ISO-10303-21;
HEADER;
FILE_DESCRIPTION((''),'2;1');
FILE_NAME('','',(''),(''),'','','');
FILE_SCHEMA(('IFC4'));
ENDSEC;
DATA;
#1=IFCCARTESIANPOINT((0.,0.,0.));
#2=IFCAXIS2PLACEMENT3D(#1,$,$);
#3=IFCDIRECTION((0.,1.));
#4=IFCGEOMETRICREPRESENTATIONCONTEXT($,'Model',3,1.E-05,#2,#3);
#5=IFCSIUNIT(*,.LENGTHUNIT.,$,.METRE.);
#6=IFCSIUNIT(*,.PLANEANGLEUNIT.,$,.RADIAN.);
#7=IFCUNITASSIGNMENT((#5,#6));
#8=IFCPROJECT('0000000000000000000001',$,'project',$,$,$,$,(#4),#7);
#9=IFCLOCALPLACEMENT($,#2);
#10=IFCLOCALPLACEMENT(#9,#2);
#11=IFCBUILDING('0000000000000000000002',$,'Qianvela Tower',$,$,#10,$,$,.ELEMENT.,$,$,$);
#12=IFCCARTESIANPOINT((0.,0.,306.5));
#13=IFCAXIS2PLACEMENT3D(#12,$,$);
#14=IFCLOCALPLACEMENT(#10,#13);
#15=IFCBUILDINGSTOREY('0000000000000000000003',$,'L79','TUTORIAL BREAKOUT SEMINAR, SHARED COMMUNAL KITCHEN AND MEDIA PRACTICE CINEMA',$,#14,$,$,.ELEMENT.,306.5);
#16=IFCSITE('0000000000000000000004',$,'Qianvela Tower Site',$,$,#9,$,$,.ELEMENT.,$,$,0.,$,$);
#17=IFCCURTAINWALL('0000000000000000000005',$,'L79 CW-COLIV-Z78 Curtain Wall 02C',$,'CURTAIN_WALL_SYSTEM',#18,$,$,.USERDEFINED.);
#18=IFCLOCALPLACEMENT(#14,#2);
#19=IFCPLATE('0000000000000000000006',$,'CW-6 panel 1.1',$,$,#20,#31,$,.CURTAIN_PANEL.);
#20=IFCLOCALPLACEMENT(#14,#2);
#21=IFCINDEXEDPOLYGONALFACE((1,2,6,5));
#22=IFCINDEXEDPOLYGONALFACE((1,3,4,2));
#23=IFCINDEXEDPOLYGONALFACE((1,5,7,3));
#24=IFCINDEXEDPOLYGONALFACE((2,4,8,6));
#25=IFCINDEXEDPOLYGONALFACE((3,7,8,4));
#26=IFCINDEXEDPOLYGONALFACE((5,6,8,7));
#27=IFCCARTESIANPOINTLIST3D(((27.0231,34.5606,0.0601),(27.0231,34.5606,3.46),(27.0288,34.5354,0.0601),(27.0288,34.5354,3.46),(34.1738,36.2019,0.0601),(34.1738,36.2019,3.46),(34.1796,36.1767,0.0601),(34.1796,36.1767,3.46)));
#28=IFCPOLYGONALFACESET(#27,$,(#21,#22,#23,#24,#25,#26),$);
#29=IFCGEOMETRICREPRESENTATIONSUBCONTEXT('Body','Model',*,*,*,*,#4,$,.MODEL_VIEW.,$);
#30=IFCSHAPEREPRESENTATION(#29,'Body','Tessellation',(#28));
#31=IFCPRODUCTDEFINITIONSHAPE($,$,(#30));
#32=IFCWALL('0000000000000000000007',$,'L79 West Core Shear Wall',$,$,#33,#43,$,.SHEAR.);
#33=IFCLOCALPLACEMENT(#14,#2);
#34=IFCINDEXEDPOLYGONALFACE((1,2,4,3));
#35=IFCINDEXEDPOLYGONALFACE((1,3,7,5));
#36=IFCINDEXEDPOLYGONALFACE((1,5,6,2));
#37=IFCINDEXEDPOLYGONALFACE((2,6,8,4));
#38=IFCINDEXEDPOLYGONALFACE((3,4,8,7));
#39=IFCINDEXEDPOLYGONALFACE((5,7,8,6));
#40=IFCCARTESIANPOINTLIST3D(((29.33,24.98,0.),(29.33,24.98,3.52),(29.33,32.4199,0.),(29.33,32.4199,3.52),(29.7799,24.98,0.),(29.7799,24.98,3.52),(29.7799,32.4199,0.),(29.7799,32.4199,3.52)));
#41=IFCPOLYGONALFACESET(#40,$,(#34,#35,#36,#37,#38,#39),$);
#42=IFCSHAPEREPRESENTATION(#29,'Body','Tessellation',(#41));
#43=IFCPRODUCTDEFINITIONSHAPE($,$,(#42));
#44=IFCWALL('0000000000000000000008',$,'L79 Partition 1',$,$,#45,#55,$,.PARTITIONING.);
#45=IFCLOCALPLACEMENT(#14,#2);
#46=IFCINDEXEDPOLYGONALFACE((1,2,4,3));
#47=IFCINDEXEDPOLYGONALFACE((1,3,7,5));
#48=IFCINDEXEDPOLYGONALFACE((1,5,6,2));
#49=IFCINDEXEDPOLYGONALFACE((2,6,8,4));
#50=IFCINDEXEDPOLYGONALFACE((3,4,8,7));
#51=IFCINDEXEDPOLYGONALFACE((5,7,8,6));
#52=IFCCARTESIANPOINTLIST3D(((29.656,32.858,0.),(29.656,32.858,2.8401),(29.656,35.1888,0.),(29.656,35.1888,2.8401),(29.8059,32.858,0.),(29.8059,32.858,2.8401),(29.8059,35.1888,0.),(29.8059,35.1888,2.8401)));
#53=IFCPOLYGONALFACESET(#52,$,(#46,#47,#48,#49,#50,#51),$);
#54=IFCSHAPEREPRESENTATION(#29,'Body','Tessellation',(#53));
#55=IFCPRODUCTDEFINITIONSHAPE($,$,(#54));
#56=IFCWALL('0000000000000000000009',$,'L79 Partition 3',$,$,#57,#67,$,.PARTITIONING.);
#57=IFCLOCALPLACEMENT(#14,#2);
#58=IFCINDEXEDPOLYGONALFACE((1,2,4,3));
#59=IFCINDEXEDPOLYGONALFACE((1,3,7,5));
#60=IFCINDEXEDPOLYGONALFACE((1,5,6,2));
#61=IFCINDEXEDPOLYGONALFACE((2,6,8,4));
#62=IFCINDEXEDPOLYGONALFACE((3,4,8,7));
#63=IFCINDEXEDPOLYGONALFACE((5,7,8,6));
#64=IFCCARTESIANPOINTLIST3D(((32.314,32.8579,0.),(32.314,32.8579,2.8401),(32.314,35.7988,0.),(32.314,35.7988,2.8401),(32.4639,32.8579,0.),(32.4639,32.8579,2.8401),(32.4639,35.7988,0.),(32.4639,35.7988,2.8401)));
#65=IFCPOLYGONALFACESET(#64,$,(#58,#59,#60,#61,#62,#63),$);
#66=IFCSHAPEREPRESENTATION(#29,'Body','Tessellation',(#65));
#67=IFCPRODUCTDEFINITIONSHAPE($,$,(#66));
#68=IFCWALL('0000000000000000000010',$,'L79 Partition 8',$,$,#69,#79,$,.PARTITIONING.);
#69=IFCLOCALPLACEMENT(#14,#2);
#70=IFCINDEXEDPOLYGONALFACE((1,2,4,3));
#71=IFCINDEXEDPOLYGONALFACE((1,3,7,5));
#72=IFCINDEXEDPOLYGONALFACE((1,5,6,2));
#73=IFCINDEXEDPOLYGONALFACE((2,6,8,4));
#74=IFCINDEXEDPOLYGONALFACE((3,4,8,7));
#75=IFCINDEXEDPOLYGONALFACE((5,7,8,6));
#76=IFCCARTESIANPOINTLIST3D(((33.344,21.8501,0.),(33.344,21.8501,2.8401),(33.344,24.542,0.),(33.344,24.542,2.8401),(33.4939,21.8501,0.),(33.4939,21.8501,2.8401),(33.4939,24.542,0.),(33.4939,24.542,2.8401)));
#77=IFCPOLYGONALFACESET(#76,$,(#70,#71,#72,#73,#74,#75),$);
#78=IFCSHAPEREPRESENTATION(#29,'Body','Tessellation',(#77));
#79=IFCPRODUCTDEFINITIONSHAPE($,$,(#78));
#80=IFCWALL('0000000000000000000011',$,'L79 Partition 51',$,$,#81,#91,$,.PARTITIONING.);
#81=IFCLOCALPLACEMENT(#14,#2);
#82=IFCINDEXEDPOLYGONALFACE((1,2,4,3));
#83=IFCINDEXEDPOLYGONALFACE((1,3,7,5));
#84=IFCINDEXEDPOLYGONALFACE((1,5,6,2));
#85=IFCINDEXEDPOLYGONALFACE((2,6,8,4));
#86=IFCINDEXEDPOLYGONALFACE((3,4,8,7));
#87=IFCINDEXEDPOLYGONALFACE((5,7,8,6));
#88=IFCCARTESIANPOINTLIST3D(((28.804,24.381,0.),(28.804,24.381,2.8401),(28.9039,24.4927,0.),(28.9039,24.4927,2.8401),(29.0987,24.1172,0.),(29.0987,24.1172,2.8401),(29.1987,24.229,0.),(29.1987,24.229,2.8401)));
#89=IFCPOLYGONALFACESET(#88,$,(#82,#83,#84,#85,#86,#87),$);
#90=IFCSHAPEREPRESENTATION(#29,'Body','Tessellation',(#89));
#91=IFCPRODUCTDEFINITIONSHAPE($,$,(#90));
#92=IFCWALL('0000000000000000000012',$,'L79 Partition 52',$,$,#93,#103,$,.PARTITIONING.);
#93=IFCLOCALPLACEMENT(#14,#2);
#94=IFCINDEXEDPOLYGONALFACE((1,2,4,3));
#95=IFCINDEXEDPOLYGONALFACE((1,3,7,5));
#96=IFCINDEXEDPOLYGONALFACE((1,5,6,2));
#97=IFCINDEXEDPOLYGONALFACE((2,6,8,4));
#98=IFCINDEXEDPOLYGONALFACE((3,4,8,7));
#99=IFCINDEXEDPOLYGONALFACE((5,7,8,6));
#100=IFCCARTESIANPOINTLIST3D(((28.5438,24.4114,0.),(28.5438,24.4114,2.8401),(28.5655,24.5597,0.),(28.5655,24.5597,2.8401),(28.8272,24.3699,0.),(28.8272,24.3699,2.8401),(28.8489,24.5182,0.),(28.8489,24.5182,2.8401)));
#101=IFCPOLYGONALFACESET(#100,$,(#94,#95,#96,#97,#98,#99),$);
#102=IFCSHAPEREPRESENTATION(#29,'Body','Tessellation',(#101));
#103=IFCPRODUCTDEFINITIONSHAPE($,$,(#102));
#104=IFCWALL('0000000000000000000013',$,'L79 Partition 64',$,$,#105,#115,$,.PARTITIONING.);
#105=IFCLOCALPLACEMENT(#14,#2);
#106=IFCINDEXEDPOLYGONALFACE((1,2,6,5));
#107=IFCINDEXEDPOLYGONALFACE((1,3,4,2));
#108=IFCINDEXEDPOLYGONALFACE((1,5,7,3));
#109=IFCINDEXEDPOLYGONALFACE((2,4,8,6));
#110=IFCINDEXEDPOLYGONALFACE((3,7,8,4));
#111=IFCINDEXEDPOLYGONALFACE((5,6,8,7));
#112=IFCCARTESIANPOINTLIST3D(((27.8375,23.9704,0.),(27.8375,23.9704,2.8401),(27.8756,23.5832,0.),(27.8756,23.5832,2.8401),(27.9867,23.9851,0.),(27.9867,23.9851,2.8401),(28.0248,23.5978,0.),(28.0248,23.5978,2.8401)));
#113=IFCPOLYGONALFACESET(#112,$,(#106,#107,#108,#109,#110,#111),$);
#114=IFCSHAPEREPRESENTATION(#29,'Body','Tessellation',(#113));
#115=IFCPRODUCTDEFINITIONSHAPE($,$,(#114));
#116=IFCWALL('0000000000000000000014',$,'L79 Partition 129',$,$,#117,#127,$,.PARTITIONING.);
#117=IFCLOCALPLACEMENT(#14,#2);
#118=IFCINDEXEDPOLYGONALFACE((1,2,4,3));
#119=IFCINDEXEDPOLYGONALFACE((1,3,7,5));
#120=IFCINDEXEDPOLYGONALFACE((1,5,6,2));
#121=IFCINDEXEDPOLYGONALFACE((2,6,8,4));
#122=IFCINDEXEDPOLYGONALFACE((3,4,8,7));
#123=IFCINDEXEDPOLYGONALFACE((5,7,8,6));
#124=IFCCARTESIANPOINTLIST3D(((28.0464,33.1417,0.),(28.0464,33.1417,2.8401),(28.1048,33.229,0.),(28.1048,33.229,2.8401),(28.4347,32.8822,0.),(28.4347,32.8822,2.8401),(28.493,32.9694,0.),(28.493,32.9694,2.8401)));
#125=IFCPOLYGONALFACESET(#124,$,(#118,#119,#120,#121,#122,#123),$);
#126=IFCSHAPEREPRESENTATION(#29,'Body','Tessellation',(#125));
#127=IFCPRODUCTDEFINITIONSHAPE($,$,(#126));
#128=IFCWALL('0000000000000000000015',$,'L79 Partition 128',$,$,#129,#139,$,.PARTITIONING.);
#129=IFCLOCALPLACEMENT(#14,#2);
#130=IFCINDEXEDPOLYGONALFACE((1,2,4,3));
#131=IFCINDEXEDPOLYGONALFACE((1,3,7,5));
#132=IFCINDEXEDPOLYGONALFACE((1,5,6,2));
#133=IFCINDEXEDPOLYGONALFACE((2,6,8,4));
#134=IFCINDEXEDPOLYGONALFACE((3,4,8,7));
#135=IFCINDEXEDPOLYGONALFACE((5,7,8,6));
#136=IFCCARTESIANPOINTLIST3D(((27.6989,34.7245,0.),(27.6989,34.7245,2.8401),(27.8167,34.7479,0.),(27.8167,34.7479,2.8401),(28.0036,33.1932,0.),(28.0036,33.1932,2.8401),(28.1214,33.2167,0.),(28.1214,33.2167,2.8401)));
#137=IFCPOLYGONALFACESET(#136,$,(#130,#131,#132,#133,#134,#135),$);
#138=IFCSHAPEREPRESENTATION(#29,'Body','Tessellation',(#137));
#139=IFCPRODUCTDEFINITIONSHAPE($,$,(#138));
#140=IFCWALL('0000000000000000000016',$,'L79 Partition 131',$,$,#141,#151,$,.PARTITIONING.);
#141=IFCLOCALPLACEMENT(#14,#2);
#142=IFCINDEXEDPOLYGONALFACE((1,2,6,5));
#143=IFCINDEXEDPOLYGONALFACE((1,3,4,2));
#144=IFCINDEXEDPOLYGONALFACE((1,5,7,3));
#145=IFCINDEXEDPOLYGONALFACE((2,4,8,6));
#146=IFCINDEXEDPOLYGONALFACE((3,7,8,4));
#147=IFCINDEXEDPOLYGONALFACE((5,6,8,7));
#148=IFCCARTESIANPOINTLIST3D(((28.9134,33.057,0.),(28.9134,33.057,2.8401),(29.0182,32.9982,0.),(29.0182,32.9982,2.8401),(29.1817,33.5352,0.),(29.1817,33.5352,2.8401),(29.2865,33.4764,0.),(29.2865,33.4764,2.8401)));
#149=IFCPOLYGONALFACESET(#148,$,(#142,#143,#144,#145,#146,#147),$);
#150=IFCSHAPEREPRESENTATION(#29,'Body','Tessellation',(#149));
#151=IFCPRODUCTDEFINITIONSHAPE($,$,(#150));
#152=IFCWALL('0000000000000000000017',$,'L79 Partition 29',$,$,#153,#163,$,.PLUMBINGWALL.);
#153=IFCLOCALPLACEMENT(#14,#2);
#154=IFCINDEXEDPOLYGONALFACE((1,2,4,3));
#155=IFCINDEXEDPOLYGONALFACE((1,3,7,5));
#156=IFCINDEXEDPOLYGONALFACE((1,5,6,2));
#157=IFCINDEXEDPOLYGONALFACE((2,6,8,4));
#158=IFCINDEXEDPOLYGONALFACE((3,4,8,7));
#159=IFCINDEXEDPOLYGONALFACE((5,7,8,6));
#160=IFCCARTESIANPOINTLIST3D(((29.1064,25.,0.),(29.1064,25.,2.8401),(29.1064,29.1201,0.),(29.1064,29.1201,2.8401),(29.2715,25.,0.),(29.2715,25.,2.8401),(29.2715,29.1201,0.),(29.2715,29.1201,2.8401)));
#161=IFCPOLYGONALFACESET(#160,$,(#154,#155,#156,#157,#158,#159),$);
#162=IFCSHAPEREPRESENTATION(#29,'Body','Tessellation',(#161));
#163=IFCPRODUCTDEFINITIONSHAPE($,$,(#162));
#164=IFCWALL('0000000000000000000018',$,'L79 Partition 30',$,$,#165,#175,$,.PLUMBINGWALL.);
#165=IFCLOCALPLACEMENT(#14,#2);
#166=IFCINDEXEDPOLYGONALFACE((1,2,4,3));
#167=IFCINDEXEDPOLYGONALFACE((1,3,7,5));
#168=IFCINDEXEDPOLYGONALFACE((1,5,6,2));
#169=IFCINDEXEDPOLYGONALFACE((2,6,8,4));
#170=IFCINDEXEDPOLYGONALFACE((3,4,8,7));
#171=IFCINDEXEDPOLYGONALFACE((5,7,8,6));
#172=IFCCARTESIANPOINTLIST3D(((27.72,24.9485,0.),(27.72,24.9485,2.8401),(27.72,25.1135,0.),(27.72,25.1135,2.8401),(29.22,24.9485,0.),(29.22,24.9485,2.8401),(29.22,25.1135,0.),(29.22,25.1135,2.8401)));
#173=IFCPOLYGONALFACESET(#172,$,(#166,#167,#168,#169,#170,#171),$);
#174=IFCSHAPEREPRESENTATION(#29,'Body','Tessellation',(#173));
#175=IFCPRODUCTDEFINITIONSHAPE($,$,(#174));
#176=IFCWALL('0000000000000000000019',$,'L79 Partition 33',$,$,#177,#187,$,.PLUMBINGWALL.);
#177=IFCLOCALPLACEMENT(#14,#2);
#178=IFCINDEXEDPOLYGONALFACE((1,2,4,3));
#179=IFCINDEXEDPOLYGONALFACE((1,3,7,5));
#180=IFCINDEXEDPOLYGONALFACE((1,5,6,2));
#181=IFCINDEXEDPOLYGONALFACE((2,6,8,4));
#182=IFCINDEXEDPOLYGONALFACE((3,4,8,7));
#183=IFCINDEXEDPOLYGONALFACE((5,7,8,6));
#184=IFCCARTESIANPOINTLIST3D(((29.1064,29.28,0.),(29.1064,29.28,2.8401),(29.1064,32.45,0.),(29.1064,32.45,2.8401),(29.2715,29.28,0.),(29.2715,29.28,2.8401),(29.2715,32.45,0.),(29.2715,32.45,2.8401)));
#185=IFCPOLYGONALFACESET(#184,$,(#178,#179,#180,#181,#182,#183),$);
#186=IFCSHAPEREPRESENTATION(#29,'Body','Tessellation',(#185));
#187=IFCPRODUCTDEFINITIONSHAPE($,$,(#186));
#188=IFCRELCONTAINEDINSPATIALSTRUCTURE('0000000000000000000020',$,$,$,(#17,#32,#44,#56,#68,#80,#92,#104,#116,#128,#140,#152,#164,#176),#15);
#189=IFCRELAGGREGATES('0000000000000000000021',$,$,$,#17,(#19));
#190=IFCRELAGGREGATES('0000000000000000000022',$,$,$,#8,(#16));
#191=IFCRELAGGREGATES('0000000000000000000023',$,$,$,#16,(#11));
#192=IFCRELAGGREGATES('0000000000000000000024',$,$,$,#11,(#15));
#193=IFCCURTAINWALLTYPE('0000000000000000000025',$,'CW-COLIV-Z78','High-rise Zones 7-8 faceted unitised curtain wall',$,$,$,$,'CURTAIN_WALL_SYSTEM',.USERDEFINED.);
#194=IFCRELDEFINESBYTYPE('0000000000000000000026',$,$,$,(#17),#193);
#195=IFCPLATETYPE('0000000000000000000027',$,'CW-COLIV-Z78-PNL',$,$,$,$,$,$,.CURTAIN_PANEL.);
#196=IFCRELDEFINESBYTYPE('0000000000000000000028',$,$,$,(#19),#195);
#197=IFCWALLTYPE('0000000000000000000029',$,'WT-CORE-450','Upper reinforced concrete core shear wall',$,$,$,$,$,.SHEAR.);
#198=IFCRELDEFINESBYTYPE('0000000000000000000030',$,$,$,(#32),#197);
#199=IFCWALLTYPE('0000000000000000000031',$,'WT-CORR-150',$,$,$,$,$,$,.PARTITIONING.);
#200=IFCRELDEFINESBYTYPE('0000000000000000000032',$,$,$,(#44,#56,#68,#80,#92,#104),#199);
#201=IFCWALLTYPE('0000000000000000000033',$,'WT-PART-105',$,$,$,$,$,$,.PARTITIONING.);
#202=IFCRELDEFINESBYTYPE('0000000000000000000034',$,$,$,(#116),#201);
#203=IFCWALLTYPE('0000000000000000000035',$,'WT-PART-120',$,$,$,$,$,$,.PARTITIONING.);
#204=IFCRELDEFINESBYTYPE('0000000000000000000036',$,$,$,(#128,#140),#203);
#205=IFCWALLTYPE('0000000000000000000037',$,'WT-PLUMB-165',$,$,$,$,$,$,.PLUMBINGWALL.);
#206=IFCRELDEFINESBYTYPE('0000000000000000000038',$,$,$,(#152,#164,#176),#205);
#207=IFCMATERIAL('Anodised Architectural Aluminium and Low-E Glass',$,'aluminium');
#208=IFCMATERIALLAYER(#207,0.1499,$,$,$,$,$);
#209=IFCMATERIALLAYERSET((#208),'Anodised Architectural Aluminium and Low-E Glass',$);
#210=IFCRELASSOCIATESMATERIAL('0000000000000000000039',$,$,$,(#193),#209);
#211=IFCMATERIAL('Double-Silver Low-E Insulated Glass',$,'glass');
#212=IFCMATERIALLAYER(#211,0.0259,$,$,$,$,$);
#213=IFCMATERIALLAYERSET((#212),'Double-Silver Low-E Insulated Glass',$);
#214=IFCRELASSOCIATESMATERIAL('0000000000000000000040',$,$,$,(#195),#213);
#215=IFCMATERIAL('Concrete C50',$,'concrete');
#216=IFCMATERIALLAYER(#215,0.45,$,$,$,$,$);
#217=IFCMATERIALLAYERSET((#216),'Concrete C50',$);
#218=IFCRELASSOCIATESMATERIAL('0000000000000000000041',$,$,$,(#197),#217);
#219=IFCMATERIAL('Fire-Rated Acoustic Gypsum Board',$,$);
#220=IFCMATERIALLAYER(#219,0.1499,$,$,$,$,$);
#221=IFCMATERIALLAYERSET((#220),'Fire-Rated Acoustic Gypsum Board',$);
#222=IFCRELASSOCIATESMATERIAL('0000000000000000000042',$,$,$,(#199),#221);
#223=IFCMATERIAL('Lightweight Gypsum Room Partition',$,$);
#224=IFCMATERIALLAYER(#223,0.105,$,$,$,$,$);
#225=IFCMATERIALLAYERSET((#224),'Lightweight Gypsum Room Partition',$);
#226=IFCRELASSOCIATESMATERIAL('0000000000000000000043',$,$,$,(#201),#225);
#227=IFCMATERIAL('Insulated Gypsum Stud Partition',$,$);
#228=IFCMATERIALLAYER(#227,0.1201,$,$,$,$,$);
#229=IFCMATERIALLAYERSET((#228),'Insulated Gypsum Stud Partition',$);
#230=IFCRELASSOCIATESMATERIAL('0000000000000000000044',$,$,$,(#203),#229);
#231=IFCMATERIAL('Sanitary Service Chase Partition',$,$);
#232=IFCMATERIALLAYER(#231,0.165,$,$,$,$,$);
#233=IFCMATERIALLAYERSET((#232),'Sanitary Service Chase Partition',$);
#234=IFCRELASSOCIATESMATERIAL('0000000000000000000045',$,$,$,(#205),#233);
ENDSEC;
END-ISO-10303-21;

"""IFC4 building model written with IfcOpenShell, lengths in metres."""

from ifc_helpers import new_model, si_unit, direction, frame, frame_2d, origin, origin_2d, place, context, subcontext, project, spatial, rectangle, extrude, material, layer, layer_set, type_object, element, aggregate, save


model = new_model("IFC4")

# Units and contexts
model_context = context("Model", 3, precision=1e-05, world=origin(), true_north=direction((0.0, 1.0)))
body_context = subcontext(model_context, "Body", "Model", "MODEL_VIEW")
ifc_project = project(units=[si_unit("LENGTHUNIT", "METRE"), si_unit("PLANEANGLEUNIT", "RADIAN")], contexts=[model_context])

# Site, building, storey
site_placement = place(None, origin())
site = spatial("IfcSite", under=ifc_project, at=site_placement, Name="Qianvela Tower Site", CompositionType="ELEMENT", RefElevation=0.0)
building_placement = place(site_placement, origin())
building = spatial("IfcBuilding", under=site, at=building_placement, Name="Qianvela Tower", CompositionType="ELEMENT")
storey_placement = place(building_placement, frame((0.0, 0.0, 306.5)))
storey = spatial("IfcBuildingStorey", under=building, at=storey_placement, Name="L79", Description="TUTORIAL BREAKOUT SEMINAR, SHARED COMMUNAL KITCHEN AND MEDIA PRACTICE CINEMA", CompositionType="ELEMENT", Elevation=306.5)

# Curtain wall, plate
ifc_material_1 = material(Name="Anodised Architectural Aluminium and Low-E Glass", Category="aluminium")
ifc_layer_1 = layer(ifc_material_1, 0.1499)
ifc_layer_set_1 = layer_set([ifc_layer_1], Name="Anodised Architectural Aluminium and Low-E Glass")
curtain_wall_type = type_object("IfcCurtainWallType", Name="CW-COLIV-Z78", Description="High-rise Zones 7-8 faceted unitised curtain wall", ElementType="CURTAIN_WALL_SYSTEM", PredefinedType="USERDEFINED", material=ifc_layer_set_1)
curtain_wall_placement = place(storey_placement, origin())
curtain_wall = element("IfcCurtainWall", 1, at=curtain_wall_placement, inside=storey, type_object=curtain_wall_type, Name="L79 CW-COLIV-Z78 Curtain Wall 02C", ObjectType="CURTAIN_WALL_SYSTEM", PredefinedType="USERDEFINED")
ifc_material_2 = material(Name="Double-Silver Low-E Insulated Glass", Category="glass")
ifc_layer_2 = layer(ifc_material_2, 0.0259)
ifc_layer_set_2 = layer_set([ifc_layer_2], Name="Double-Silver Low-E Insulated Glass")
plate_type = type_object("IfcPlateType", Name="CW-COLIV-Z78-PNL", PredefinedType="CURTAIN_PANEL", material=ifc_layer_set_2)
plate_placement = place(storey_placement, frame((30.6013, 35.3687, 0.0601), z_axis=(0.0, 0.0, 1.0), x_axis=(-0.974656, -0.22371, 0.0)))
plate = element("IfcPlate", 2, at=plate_placement, type_object=plate_type, Name="CW-6 panel 1.1", PredefinedType="CURTAIN_PANEL", context=body_context, shape_type="SweptSolid", body=[
    extrude(rectangle(XDim=7.3367, YDim=0.0259, at=origin_2d()), origin(), (0.0, 0.0, 1.0), 3.3999),
])
aggregate(curtain_wall, [plate])

# Shared definitions
ifc_material_3 = material(Name="Concrete C50", Category="concrete")
ifc_layer_3 = layer(ifc_material_3, 0.45)
ifc_layer_set_3 = layer_set([ifc_layer_3], Name="Concrete C50")
wall_type_1 = type_object("IfcWallType", Name="WT-CORE-450", Description="Upper reinforced concrete core shear wall", PredefinedType="SHEAR", material=ifc_layer_set_3)

# Walls
wall_1_placement = place(storey_placement, frame((29.5549, 24.98, 0.0), z_axis=(0.0, 0.0, 1.0), x_axis=(0.0, 1.0, 0.0)))
element("IfcWall", 3, at=wall_1_placement, inside=storey, type_object=wall_type_1, Name="L79 West Core Shear Wall", PredefinedType="SHEAR", context=body_context, shape_type="SweptSolid", body=[
    extrude(rectangle(XDim=7.4399, YDim=0.45, at=frame_2d((3.72, 0.0))), origin(), (0.0, 0.0, 1.0), 3.52),
])
ifc_material_4 = material(Name="Fire-Rated Acoustic Gypsum Board")
ifc_layer_4 = layer(ifc_material_4, 0.1499)
ifc_layer_set_4 = layer_set([ifc_layer_4], Name="Fire-Rated Acoustic Gypsum Board")
wall_type_2 = type_object("IfcWallType", Name="WT-CORR-150", PredefinedType="PARTITIONING", material=ifc_layer_set_4)
wall_2_placement = place(storey_placement, frame((29.731, 32.8579, 0.0), z_axis=(0.0, 0.0, 1.0), x_axis=(0.0, 1.0, 0.0)))
element("IfcWall", 4, at=wall_2_placement, inside=storey, type_object=wall_type_2, Name="L79 Partition 1", PredefinedType="PARTITIONING", context=body_context, shape_type="SweptSolid", body=[
    extrude(rectangle(XDim=2.3308, YDim=0.1499, at=frame_2d((1.1655, 0.0))), origin(), (0.0, 0.0, 1.0), 2.8401),
])
wall_3_placement = place(storey_placement, frame((32.3889, 35.7988, 0.0), z_axis=(0.0, 0.0, 1.0), x_axis=(0.0, -1.0, 0.0)))
element("IfcWall", 5, at=wall_3_placement, inside=storey, type_object=wall_type_2, Name="L79 Partition 3", PredefinedType="PARTITIONING", context=body_context, shape_type="SweptSolid", body=[
    extrude(rectangle(XDim=2.9409, YDim=0.1499, at=frame_2d((1.4705, 0.0))), origin(), (0.0, 0.0, 1.0), 2.8401),
])
wall_4_placement = place(storey_placement, frame((33.4189, 24.542, 0.0), z_axis=(0.0, 0.0, 1.0), x_axis=(0.0, -1.0, 0.0)))
element("IfcWall", 6, at=wall_4_placement, inside=storey, type_object=wall_type_2, Name="L79 Partition 8", PredefinedType="PARTITIONING", context=body_context, shape_type="SweptSolid", body=[
    extrude(rectangle(XDim=2.6919, YDim=0.1499, at=frame_2d((1.3459, 0.0))), origin(), (0.0, 0.0, 1.0), 2.8401),
])
wall_5_placement = place(storey_placement, frame((29.1487, 24.1731, 0.0), z_axis=(0.0, 0.0, 1.0), x_axis=(-0.745225, 0.666813, 0.0)))
element("IfcWall", 7, at=wall_5_placement, inside=storey, type_object=wall_type_2, Name="L79 Partition 51", PredefinedType="PARTITIONING", context=body_context, shape_type="SweptSolid", body=[
    extrude(rectangle(XDim=0.3955, YDim=0.1499, at=frame_2d((0.1978, 0.0))), origin(), (0.0, 0.0, 1.0), 2.8401),
])
wall_6_placement = place(storey_placement, frame((28.8379, 24.4441, 0.0), z_axis=(0.0, 0.0, 1.0), x_axis=(-0.989449, 0.144881, 0.0)))
element("IfcWall", 8, at=wall_6_placement, inside=storey, type_object=wall_type_2, Name="L79 Partition 52", PredefinedType="PARTITIONING", context=body_context, shape_type="SweptSolid", body=[
    extrude(rectangle(XDim=0.2864, YDim=0.1499, at=frame_2d((0.1431, 0.0))), origin(), (0.0, 0.0, 1.0), 2.8401),
])
wall_7_placement = place(storey_placement, frame((27.9121, 23.9778, 0.0), z_axis=(0.0, 0.0, 1.0), x_axis=(0.097888, -0.995197, 0.0)))
element("IfcWall", 9, at=wall_7_placement, inside=storey, type_object=wall_type_2, Name="L79 Partition 64", PredefinedType="PARTITIONING", context=body_context, shape_type="SweptSolid", body=[
    extrude(rectangle(XDim=0.3892, YDim=0.1499, at=frame_2d((0.1946, 0.0))), origin(), (0.0, 0.0, 1.0), 2.8401),
])
ifc_material_5 = material(Name="Lightweight Gypsum Room Partition")
ifc_layer_5 = layer(ifc_material_5, 0.105)
ifc_layer_set_5 = layer_set([ifc_layer_5], Name="Lightweight Gypsum Room Partition")
wall_type_3 = type_object("IfcWallType", Name="WT-PART-105", PredefinedType="PARTITIONING", material=ifc_layer_set_5)
wall_8_placement = place(storey_placement, frame((28.0757, 33.1853, 0.0), z_axis=(0.0, 0.0, 1.0), x_axis=(0.831326, -0.555786, 0.0)))
element("IfcWall", 10, at=wall_8_placement, inside=storey, type_object=wall_type_3, Name="L79 Partition 129", PredefinedType="PARTITIONING", context=body_context, shape_type="SweptSolid", body=[
    extrude(rectangle(XDim=0.467, YDim=0.105, at=frame_2d((0.2334, 0.0))), origin(), (0.0, 0.0, 1.0), 2.8401),
])
ifc_material_6 = material(Name="Insulated Gypsum Stud Partition")
ifc_layer_6 = layer(ifc_material_6, 0.1201)
ifc_layer_set_6 = layer_set([ifc_layer_6], Name="Insulated Gypsum Stud Partition")
wall_type_4 = type_object("IfcWallType", Name="WT-PART-120", PredefinedType="PARTITIONING", material=ifc_layer_set_6)
wall_9_placement = place(storey_placement, frame((27.7578, 34.7363, 0.0), z_axis=(0.0, 0.0, 1.0), x_axis=(0.195154, -0.980773, 0.0)))
element("IfcWall", 11, at=wall_9_placement, inside=storey, type_object=wall_type_4, Name="L79 Partition 128", PredefinedType="PARTITIONING", context=body_context, shape_type="SweptSolid", body=[
    extrude(rectangle(XDim=1.5613, YDim=0.1201, at=frame_2d((0.7808, 0.0))), origin(), (0.0, 0.0, 1.0), 2.8401),
])
wall_10_placement = place(storey_placement, frame((28.9658, 33.0276, 0.0), z_axis=(0.0, 0.0, 1.0), x_axis=(0.489267, 0.872134, 0.0)))
element("IfcWall", 12, at=wall_10_placement, inside=storey, type_object=wall_type_4, Name="L79 Partition 131", PredefinedType="PARTITIONING", context=body_context, shape_type="SweptSolid", body=[
    extrude(rectangle(XDim=0.5483, YDim=0.1201, at=frame_2d((0.2742, 0.0))), origin(), (0.0, 0.0, 1.0), 2.8401),
])
ifc_material_7 = material(Name="Sanitary Service Chase Partition")
ifc_layer_7 = layer(ifc_material_7, 0.165)
ifc_layer_set_7 = layer_set([ifc_layer_7], Name="Sanitary Service Chase Partition")
wall_type_5 = type_object("IfcWallType", Name="WT-PLUMB-165", PredefinedType="PLUMBINGWALL", material=ifc_layer_set_7)
wall_11_placement = place(storey_placement, frame((29.189, 29.1201, 0.0), z_axis=(0.0, 0.0, 1.0), x_axis=(0.0, -1.0, 0.0)))
element("IfcWall", 13, at=wall_11_placement, inside=storey, type_object=wall_type_5, Name="L79 Partition 29", PredefinedType="PLUMBINGWALL", context=body_context, shape_type="SweptSolid", body=[
    extrude(rectangle(XDim=4.1201, YDim=0.165, at=frame_2d((2.0601, 0.0))), origin(), (0.0, 0.0, 1.0), 2.8401),
])
wall_12_placement = place(storey_placement, frame((29.22, 25.031, 0.0), z_axis=(0.0, 0.0, 1.0), x_axis=(-1.0, 0.0, 0.0)))
element("IfcWall", 14, at=wall_12_placement, inside=storey, type_object=wall_type_5, Name="L79 Partition 30", PredefinedType="PLUMBINGWALL", context=body_context, shape_type="SweptSolid", body=[
    extrude(rectangle(XDim=1.5, YDim=0.165, at=frame_2d((0.75, 0.0))), origin(), (0.0, 0.0, 1.0), 2.8401),
])
wall_13_placement = place(storey_placement, frame((29.189, 32.45, 0.0), z_axis=(0.0, 0.0, 1.0), x_axis=(0.0, -1.0, 0.0)))
element("IfcWall", 15, at=wall_13_placement, inside=storey, type_object=wall_type_5, Name="L79 Partition 33", PredefinedType="PLUMBINGWALL", context=body_context, shape_type="SweptSolid", body=[
    extrude(rectangle(XDim=3.1699, YDim=0.165, at=frame_2d((1.585, 0.0))), origin(), (0.0, 0.0, 1.0), 2.8401),
])

save(model, "model.ifc")
